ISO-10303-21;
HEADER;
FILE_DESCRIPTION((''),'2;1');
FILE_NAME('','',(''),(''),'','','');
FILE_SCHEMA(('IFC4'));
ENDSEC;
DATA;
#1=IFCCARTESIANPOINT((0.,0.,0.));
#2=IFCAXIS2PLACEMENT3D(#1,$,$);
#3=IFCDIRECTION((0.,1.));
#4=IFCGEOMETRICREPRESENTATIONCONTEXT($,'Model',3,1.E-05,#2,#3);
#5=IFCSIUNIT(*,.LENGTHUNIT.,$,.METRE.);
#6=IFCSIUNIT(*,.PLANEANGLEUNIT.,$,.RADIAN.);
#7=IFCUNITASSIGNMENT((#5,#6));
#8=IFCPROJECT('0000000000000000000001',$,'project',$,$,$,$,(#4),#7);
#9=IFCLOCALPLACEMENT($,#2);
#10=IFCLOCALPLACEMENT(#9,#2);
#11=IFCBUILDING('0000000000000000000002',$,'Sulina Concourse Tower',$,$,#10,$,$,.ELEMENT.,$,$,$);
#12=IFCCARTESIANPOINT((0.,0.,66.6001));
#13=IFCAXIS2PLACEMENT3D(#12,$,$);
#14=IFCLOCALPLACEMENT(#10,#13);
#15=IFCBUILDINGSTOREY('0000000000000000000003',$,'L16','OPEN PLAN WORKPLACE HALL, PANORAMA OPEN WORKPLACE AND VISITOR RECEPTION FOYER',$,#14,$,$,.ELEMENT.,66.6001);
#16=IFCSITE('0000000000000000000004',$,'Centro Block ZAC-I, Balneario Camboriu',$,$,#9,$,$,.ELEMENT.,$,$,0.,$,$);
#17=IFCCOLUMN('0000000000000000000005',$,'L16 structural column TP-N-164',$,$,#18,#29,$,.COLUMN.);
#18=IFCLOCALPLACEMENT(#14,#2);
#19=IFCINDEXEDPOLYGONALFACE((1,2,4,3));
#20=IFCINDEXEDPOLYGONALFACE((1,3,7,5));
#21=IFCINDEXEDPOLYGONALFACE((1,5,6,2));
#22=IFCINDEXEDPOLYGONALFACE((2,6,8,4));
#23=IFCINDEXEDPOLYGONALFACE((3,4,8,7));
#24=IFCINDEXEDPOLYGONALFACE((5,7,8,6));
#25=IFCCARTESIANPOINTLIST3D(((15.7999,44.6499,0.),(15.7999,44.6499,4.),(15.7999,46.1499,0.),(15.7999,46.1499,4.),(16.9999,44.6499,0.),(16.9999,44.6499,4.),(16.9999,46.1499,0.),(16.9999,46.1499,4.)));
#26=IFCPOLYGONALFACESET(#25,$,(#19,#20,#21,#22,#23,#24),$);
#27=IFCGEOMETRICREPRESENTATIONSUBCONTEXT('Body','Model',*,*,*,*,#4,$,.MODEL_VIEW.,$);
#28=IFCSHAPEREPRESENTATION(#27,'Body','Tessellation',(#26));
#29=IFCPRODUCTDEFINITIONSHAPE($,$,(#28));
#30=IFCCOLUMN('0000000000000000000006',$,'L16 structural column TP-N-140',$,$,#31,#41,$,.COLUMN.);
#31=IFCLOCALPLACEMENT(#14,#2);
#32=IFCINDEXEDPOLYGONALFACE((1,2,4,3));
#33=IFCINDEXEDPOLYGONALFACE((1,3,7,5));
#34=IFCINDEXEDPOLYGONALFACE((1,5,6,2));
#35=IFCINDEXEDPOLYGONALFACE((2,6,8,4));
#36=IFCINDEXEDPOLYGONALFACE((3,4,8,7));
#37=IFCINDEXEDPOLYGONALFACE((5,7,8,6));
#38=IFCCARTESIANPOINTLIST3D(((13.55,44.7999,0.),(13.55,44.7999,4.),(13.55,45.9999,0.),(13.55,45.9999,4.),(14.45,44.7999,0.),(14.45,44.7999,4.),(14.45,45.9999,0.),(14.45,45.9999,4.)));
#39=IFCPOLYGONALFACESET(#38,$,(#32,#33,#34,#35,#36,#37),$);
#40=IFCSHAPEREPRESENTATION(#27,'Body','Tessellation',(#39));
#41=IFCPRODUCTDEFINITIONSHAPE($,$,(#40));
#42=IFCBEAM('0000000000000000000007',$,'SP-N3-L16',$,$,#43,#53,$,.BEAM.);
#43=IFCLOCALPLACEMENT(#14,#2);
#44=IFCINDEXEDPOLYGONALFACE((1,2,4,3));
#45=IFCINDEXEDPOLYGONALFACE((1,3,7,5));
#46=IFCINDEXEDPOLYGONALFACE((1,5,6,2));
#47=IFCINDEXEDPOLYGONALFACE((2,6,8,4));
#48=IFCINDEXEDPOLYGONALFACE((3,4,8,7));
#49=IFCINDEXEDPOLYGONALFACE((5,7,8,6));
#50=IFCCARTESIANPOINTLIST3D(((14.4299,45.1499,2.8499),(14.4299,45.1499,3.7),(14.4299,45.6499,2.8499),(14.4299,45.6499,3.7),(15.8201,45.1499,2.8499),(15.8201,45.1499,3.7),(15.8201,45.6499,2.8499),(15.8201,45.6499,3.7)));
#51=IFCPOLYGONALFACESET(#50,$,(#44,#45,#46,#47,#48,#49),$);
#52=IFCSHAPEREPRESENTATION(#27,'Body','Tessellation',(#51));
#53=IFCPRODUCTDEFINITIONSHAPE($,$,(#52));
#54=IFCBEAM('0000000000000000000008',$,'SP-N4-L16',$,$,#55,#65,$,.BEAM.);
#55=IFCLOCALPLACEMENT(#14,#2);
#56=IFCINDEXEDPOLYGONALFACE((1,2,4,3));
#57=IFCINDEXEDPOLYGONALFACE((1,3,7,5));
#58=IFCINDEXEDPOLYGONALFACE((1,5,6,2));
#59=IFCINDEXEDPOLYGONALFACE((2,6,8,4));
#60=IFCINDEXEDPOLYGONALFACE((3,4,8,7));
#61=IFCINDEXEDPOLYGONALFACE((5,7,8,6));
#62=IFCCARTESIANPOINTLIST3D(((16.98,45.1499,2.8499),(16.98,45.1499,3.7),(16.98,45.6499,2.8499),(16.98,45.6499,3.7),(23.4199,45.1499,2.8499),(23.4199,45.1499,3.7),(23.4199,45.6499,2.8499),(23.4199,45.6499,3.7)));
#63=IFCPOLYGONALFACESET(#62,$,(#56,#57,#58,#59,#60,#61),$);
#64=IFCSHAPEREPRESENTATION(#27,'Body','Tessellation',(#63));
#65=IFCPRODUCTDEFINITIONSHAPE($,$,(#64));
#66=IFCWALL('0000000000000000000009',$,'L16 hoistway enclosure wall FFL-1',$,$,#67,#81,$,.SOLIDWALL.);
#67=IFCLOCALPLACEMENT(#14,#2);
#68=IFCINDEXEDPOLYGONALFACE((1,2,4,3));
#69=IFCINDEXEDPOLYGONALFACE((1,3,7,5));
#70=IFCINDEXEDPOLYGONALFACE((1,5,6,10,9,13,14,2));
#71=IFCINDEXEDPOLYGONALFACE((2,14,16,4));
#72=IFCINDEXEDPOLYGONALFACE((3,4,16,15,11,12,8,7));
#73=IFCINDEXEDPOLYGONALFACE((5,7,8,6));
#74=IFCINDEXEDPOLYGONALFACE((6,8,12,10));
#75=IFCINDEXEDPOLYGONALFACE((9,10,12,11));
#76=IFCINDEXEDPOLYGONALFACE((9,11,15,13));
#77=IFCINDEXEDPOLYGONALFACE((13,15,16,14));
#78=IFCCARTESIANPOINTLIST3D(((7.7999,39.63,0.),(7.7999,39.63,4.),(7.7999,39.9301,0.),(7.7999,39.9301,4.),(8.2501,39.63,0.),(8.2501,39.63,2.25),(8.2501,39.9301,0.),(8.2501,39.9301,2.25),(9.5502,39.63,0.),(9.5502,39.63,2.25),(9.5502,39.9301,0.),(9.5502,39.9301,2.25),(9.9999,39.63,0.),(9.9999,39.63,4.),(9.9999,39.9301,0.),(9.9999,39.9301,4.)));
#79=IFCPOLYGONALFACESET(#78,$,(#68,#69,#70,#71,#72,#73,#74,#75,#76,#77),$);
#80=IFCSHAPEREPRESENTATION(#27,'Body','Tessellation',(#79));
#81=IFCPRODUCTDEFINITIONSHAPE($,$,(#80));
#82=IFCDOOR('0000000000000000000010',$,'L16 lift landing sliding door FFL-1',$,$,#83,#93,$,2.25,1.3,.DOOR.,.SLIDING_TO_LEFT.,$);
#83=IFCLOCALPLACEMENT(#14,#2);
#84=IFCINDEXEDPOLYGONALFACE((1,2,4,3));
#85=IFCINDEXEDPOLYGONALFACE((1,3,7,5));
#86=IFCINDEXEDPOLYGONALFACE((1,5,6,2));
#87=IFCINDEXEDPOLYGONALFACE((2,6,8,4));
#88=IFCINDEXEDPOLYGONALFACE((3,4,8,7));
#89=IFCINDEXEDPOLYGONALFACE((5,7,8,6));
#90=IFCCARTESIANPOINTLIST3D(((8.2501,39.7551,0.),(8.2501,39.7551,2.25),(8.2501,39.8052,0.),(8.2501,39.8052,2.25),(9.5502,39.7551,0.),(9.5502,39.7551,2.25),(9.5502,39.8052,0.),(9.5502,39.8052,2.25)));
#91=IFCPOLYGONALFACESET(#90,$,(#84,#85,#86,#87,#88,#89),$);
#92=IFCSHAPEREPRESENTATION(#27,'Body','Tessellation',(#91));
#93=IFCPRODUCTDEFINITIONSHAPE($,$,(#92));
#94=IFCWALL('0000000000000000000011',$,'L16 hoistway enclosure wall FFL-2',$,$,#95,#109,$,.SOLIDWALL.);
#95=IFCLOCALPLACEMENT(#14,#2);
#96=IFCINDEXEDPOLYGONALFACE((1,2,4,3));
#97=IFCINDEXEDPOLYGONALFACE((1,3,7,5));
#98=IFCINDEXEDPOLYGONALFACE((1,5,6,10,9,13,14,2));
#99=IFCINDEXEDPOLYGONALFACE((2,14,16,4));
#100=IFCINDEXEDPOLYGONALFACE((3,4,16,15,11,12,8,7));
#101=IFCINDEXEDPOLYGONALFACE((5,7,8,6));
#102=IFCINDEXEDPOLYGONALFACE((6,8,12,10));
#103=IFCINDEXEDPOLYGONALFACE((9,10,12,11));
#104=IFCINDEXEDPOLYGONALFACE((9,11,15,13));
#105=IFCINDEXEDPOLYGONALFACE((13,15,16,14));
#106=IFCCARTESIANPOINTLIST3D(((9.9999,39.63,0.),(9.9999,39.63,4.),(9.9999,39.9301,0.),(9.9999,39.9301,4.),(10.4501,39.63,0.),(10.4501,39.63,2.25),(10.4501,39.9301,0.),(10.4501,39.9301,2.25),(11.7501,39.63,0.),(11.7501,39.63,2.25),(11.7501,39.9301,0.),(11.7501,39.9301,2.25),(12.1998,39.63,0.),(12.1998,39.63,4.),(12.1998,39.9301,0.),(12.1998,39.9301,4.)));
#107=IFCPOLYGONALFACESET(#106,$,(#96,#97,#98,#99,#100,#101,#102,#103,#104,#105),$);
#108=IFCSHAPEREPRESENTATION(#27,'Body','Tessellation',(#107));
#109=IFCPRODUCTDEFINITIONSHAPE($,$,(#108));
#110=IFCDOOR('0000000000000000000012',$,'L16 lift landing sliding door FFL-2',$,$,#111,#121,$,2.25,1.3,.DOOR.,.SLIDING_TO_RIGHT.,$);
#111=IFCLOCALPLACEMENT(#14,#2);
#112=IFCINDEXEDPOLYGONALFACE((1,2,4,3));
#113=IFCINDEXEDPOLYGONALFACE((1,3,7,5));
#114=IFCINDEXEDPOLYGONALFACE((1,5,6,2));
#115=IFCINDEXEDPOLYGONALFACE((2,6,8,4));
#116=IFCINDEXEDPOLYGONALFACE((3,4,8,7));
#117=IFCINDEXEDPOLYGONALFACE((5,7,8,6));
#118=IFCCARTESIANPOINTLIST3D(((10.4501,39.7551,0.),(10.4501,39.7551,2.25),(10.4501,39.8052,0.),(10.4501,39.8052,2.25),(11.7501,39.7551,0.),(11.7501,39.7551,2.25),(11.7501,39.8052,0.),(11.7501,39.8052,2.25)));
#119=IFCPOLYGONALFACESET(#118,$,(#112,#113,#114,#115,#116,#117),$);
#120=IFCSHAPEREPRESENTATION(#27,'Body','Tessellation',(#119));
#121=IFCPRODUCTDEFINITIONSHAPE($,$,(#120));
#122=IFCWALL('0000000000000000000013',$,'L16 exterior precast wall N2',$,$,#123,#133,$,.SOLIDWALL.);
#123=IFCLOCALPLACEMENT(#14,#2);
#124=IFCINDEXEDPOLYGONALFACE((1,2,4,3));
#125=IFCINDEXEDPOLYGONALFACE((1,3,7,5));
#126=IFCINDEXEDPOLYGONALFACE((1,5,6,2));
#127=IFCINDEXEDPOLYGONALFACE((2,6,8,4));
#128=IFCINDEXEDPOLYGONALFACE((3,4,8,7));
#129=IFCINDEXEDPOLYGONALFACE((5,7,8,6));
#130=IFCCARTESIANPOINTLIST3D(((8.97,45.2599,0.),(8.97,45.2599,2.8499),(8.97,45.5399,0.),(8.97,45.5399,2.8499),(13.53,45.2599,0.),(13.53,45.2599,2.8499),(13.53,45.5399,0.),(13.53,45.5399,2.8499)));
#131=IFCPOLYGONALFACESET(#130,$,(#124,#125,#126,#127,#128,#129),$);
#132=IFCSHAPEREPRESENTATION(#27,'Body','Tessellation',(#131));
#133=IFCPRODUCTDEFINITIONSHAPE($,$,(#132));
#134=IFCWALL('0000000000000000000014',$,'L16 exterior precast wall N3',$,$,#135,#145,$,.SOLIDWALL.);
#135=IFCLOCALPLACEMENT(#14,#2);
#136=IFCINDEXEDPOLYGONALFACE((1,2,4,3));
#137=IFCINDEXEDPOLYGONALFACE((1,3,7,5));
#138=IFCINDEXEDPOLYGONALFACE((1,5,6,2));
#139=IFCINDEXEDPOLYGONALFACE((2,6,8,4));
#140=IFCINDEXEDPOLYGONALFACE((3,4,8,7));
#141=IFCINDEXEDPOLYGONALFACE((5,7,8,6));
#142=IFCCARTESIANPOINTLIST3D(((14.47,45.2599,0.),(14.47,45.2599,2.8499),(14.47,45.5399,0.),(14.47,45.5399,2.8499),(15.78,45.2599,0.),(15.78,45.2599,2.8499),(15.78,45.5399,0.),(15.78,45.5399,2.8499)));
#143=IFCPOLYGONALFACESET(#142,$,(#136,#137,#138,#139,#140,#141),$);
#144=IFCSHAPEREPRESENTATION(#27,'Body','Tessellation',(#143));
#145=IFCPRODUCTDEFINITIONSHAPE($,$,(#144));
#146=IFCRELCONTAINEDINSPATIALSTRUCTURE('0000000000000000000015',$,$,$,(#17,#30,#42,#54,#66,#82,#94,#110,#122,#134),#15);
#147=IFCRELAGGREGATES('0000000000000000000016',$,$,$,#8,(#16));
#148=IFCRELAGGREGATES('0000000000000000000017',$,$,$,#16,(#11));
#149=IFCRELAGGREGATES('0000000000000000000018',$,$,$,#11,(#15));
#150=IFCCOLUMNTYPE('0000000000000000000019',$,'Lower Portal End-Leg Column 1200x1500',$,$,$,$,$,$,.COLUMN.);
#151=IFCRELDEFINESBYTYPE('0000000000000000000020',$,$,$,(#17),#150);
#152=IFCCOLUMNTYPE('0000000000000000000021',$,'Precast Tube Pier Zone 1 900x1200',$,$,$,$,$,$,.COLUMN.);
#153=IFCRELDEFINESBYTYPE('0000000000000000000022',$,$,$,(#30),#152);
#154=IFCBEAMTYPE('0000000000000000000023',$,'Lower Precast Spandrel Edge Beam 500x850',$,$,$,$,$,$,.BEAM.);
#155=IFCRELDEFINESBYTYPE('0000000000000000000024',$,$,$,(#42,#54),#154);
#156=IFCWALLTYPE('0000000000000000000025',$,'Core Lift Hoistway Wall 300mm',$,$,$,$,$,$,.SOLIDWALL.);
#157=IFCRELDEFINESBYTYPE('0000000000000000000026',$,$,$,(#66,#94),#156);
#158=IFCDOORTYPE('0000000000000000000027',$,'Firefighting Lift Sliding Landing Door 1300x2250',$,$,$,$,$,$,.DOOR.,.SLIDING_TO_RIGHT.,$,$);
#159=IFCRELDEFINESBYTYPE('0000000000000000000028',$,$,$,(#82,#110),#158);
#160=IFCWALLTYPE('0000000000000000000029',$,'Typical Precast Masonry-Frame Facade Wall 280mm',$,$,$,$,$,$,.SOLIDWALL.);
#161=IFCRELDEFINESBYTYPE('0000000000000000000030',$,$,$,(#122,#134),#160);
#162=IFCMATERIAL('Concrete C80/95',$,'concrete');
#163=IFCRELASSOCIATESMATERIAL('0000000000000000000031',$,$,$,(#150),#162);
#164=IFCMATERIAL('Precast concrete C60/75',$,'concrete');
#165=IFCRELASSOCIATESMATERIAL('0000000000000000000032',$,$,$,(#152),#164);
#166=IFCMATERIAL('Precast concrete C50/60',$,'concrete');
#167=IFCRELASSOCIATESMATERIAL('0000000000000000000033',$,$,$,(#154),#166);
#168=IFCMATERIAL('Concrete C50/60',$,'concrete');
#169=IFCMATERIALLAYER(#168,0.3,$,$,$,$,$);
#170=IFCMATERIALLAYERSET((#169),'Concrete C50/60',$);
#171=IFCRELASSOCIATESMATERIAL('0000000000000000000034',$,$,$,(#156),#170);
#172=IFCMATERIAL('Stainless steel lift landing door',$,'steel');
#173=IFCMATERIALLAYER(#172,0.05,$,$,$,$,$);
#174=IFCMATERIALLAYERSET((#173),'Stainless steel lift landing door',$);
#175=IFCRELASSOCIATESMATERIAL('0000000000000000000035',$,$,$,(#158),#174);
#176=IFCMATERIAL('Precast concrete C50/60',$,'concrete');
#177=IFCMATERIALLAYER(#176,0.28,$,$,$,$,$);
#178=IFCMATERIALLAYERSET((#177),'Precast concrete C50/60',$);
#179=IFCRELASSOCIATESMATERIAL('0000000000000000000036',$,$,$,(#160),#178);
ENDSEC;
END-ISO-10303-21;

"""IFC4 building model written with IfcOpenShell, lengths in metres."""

from ifc_helpers import new_model, si_unit, direction, frame, frame_2d, origin, origin_2d, place, context, subcontext, project, spatial, rectangle, extrude, material, layer, layer_set, material_profile, profile_set, type_object, element, fill, save


model = new_model("IFC4")

# Units and contexts
model_context = context("Model", 3, precision=1e-05, world=origin(), true_north=direction((0.0, 1.0)))
body_context = subcontext(model_context, "Body", "Model", "MODEL_VIEW")
ifc_project = project(units=[si_unit("LENGTHUNIT", "METRE"), si_unit("PLANEANGLEUNIT", "RADIAN")], contexts=[model_context])

# Site, building, storey
site_placement = place(None, origin())
site = spatial("IfcSite", under=ifc_project, at=site_placement, Name="Centro Block ZAC-I, Balneario Camboriu", CompositionType="ELEMENT", RefElevation=0.0)
building_placement = place(site_placement, origin())
building = spatial("IfcBuilding", under=site, at=building_placement, Name="Sulina Concourse Tower", CompositionType="ELEMENT")
storey_placement = place(building_placement, frame((0.0, 0.0, 66.6001)))
storey = spatial("IfcBuildingStorey", under=building, at=storey_placement, Name="L16", Description="OPEN PLAN WORKPLACE HALL, PANORAMA OPEN WORKPLACE AND VISITOR RECEPTION FOYER", CompositionType="ELEMENT", Elevation=66.6001)

# Columns
ifc_material_1 = material(Name="Concrete C80/95", Category="concrete")
ifc_material_profile_1 = material_profile(ifc_material_1, rectangle(XDim=1.2, YDim=1.5, at=origin_2d()), Name="RC 1200x1500")
ifc_profile_set_1 = profile_set([ifc_material_profile_1], Name="Concrete C80/95")
column_type_1 = type_object("IfcColumnType", Name="Lower Portal End-Leg Column 1200x1500", PredefinedType="COLUMN", material=ifc_profile_set_1)
column_1_placement = place(storey_placement, frame((16.3999, 45.3999, 0.0), z_axis=(0.0, 0.0, 1.0), x_axis=(1.0, 0.0, 0.0)))
element("IfcColumn", 1, at=column_1_placement, inside=storey, type_object=column_type_1, Name="L16 structural column TP-N-164", PredefinedType="COLUMN", context=body_context, shape_type="SweptSolid", body=[
    extrude(rectangle(XDim=1.2, YDim=1.5, at=origin_2d()), origin(), (0.0, 0.0, 1.0), 4.0),
])
ifc_material_2 = material(Name="Precast concrete C60/75", Category="concrete")
ifc_material_profile_2 = material_profile(ifc_material_2, rectangle(XDim=0.8999, YDim=1.2, at=origin_2d()), Name="PC 900x1200")
ifc_profile_set_2 = profile_set([ifc_material_profile_2], Name="Precast concrete C60/75")
column_type_2 = type_object("IfcColumnType", Name="Precast Tube Pier Zone 1 900x1200", PredefinedType="COLUMN", material=ifc_profile_set_2)
column_2_placement = place(storey_placement, frame((14.0, 45.3999, 0.0), z_axis=(0.0, 0.0, 1.0), x_axis=(1.0, 0.0, 0.0)))
element("IfcColumn", 2, at=column_2_placement, inside=storey, type_object=column_type_2, Name="L16 structural column TP-N-140", PredefinedType="COLUMN", context=body_context, shape_type="SweptSolid", body=[
    extrude(rectangle(XDim=0.8999, YDim=1.2, at=origin_2d()), origin(), (0.0, 0.0, 1.0), 4.0),
])

# Beams
ifc_material_3 = material(Name="Precast concrete C50/60", Category="concrete")
ifc_material_profile_3 = material_profile(ifc_material_3, rectangle(XDim=0.5, YDim=0.8501, at=origin_2d()), Name="RC 500x850")
ifc_profile_set_3 = profile_set([ifc_material_profile_3], Name="Precast concrete C50/60")
beam_type = type_object("IfcBeamType", Name="Lower Precast Spandrel Edge Beam 500x850", PredefinedType="BEAM", material=ifc_profile_set_3)
beam_1_placement = place(storey_placement, frame((14.4299, 45.3999, 3.2749), z_axis=(1.0, 0.0, 0.0), x_axis=(0.0, 1.0, 0.0)))
element("IfcBeam", 3, at=beam_1_placement, inside=storey, type_object=beam_type, Name="SP-N3-L16", PredefinedType="BEAM", context=body_context, shape_type="SweptSolid", body=[
    extrude(rectangle(XDim=0.5, YDim=0.8501, at=origin_2d()), origin(), (0.0, 0.0, 1.0), 1.3901),
])
beam_2_placement = place(storey_placement, frame((16.98, 45.3999, 3.2749), z_axis=(1.0, 0.0, 0.0), x_axis=(0.0, 1.0, 0.0)))
element("IfcBeam", 4, at=beam_2_placement, inside=storey, type_object=beam_type, Name="SP-N4-L16", PredefinedType="BEAM", context=body_context, shape_type="SweptSolid", body=[
    extrude(rectangle(XDim=0.5, YDim=0.8501, at=origin_2d()), origin(), (0.0, 0.0, 1.0), 6.4399),
])

# Walls, openings, doors
ifc_material_4 = material(Name="Concrete C50/60", Category="concrete")
ifc_layer_1 = layer(ifc_material_4, 0.3)
ifc_layer_set_1 = layer_set([ifc_layer_1], Name="Concrete C50/60")
wall_type_1 = type_object("IfcWallType", Name="Core Lift Hoistway Wall 300mm", PredefinedType="SOLIDWALL", material=ifc_layer_set_1)
wall_1_placement = place(storey_placement, frame((10.0, 39.78, 0.0), z_axis=(0.0, 0.0, 1.0), x_axis=(-1.0, 0.0, 0.0)))
wall_1 = element("IfcWall", 5, at=wall_1_placement, inside=storey, type_object=wall_type_1, Name="L16 hoistway enclosure wall FFL-1", PredefinedType="SOLIDWALL", context=body_context, shape_type="SweptSolid", body=[
    extrude(rectangle(XDim=2.2, YDim=0.3, at=frame_2d((1.1001, 0.0))), origin(), (0.0, 0.0, 1.0), 4.0),
])
opening_1_placement = place(wall_1_placement, frame((0.45, 0.0, 0.0)))
opening_1 = element("IfcOpeningElement", 6, at=opening_1_placement, cuts=wall_1, PredefinedType="OPENING", context=body_context, shape_type="SweptSolid", body=[
    extrude(rectangle(XDim=1.3, YDim=2.25, at=frame_2d((0.6499, 1.125))), frame((0.0, 0.1599, 0.0), z_axis=(0.0, -1.0, 0.0), x_axis=(1.0, 0.0, 0.0)), (0.0, 0.0, 1.0), 0.3201),
])
ifc_material_5 = material(Name="Stainless steel lift landing door", Category="steel")
ifc_layer_2 = layer(ifc_material_5, 0.05)
ifc_layer_set_2 = layer_set([ifc_layer_2], Name="Stainless steel lift landing door")
door_type = type_object("IfcDoorType", Name="Firefighting Lift Sliding Landing Door 1300x2250", OperationType="SLIDING_TO_RIGHT", PredefinedType="DOOR", material=ifc_layer_set_2)
door_1_placement = place(opening_1_placement, origin())
door_1 = element("IfcDoor", 7, at=door_1_placement, inside=storey, type_object=door_type, Name="L16 lift landing sliding door FFL-1", OperationType="SLIDING_TO_LEFT", OverallHeight=2.25, OverallWidth=1.3, PredefinedType="DOOR", context=body_context, shape_type="SweptSolid", body=[
    extrude(rectangle(XDim=1.3, YDim=2.25, at=frame_2d((0.6499, 1.125))), frame((0.0, 0.0249, 0.0), z_axis=(0.0, -1.0, 0.0), x_axis=(1.0, 0.0, 0.0)), (0.0, 0.0, 1.0), 0.05),
])
fill(opening_1, door_1)
wall_2_placement = place(storey_placement, frame((12.2, 39.78, 0.0), z_axis=(0.0, 0.0, 1.0), x_axis=(-1.0, 0.0, 0.0)))
wall_2 = element("IfcWall", 8, at=wall_2_placement, inside=storey, type_object=wall_type_1, Name="L16 hoistway enclosure wall FFL-2", PredefinedType="SOLIDWALL", context=body_context, shape_type="SweptSolid", body=[
    extrude(rectangle(XDim=2.2, YDim=0.3, at=frame_2d((1.1001, 0.0))), origin(), (0.0, 0.0, 1.0), 4.0),
])
opening_2_placement = place(wall_2_placement, frame((0.45, 0.0, 0.0)))
opening_2 = element("IfcOpeningElement", 9, at=opening_2_placement, cuts=wall_2, PredefinedType="OPENING", context=body_context, shape_type="SweptSolid", body=[
    extrude(rectangle(XDim=1.3, YDim=2.25, at=frame_2d((0.6499, 1.125))), frame((0.0, 0.1599, 0.0), z_axis=(0.0, -1.0, 0.0), x_axis=(1.0, 0.0, 0.0)), (0.0, 0.0, 1.0), 0.3201),
])
door_2_placement = place(opening_2_placement, origin())
door_2 = element("IfcDoor", 10, at=door_2_placement, inside=storey, type_object=door_type, Name="L16 lift landing sliding door FFL-2", OperationType="SLIDING_TO_RIGHT", OverallHeight=2.25, OverallWidth=1.3, PredefinedType="DOOR", context=body_context, shape_type="SweptSolid", body=[
    extrude(rectangle(XDim=1.3, YDim=2.25, at=frame_2d((0.6499, 1.125))), frame((0.0, 0.0249, 0.0), z_axis=(0.0, -1.0, 0.0), x_axis=(1.0, 0.0, 0.0)), (0.0, 0.0, 1.0), 0.05),
])
fill(opening_2, door_2)

# Walls
ifc_material_6 = material(Name="Precast concrete C50/60", Category="concrete")
ifc_layer_3 = layer(ifc_material_6, 0.28)
ifc_layer_set_3 = layer_set([ifc_layer_3], Name="Precast concrete C50/60")
wall_type_2 = type_object("IfcWallType", Name="Typical Precast Masonry-Frame Facade Wall 280mm", PredefinedType="SOLIDWALL", material=ifc_layer_set_3)
wall_3_placement = place(storey_placement, frame((8.97, 45.3999, 0.0), z_axis=(0.0, 0.0, 1.0), x_axis=(1.0, 0.0, 0.0)))
element("IfcWall", 11, at=wall_3_placement, inside=storey, type_object=wall_type_2, Name="L16 exterior precast wall N2", PredefinedType="SOLIDWALL", context=body_context, shape_type="SweptSolid", body=[
    extrude(rectangle(XDim=4.5601, YDim=0.28, at=frame_2d((2.28, 0.0))), origin(), (0.0, 0.0, 1.0), 2.8499),
])
wall_4_placement = place(storey_placement, frame((14.47, 45.3999, 0.0), z_axis=(0.0, 0.0, 1.0), x_axis=(1.0, 0.0, 0.0)))
element("IfcWall", 12, at=wall_4_placement, inside=storey, type_object=wall_type_2, Name="L16 exterior precast wall N3", PredefinedType="SOLIDWALL", context=body_context, shape_type="SweptSolid", body=[
    extrude(rectangle(XDim=1.3101, YDim=0.28, at=frame_2d((0.655, 0.0))), origin(), (0.0, 0.0, 1.0), 2.8499),
])

save(model, "model.ifc")
